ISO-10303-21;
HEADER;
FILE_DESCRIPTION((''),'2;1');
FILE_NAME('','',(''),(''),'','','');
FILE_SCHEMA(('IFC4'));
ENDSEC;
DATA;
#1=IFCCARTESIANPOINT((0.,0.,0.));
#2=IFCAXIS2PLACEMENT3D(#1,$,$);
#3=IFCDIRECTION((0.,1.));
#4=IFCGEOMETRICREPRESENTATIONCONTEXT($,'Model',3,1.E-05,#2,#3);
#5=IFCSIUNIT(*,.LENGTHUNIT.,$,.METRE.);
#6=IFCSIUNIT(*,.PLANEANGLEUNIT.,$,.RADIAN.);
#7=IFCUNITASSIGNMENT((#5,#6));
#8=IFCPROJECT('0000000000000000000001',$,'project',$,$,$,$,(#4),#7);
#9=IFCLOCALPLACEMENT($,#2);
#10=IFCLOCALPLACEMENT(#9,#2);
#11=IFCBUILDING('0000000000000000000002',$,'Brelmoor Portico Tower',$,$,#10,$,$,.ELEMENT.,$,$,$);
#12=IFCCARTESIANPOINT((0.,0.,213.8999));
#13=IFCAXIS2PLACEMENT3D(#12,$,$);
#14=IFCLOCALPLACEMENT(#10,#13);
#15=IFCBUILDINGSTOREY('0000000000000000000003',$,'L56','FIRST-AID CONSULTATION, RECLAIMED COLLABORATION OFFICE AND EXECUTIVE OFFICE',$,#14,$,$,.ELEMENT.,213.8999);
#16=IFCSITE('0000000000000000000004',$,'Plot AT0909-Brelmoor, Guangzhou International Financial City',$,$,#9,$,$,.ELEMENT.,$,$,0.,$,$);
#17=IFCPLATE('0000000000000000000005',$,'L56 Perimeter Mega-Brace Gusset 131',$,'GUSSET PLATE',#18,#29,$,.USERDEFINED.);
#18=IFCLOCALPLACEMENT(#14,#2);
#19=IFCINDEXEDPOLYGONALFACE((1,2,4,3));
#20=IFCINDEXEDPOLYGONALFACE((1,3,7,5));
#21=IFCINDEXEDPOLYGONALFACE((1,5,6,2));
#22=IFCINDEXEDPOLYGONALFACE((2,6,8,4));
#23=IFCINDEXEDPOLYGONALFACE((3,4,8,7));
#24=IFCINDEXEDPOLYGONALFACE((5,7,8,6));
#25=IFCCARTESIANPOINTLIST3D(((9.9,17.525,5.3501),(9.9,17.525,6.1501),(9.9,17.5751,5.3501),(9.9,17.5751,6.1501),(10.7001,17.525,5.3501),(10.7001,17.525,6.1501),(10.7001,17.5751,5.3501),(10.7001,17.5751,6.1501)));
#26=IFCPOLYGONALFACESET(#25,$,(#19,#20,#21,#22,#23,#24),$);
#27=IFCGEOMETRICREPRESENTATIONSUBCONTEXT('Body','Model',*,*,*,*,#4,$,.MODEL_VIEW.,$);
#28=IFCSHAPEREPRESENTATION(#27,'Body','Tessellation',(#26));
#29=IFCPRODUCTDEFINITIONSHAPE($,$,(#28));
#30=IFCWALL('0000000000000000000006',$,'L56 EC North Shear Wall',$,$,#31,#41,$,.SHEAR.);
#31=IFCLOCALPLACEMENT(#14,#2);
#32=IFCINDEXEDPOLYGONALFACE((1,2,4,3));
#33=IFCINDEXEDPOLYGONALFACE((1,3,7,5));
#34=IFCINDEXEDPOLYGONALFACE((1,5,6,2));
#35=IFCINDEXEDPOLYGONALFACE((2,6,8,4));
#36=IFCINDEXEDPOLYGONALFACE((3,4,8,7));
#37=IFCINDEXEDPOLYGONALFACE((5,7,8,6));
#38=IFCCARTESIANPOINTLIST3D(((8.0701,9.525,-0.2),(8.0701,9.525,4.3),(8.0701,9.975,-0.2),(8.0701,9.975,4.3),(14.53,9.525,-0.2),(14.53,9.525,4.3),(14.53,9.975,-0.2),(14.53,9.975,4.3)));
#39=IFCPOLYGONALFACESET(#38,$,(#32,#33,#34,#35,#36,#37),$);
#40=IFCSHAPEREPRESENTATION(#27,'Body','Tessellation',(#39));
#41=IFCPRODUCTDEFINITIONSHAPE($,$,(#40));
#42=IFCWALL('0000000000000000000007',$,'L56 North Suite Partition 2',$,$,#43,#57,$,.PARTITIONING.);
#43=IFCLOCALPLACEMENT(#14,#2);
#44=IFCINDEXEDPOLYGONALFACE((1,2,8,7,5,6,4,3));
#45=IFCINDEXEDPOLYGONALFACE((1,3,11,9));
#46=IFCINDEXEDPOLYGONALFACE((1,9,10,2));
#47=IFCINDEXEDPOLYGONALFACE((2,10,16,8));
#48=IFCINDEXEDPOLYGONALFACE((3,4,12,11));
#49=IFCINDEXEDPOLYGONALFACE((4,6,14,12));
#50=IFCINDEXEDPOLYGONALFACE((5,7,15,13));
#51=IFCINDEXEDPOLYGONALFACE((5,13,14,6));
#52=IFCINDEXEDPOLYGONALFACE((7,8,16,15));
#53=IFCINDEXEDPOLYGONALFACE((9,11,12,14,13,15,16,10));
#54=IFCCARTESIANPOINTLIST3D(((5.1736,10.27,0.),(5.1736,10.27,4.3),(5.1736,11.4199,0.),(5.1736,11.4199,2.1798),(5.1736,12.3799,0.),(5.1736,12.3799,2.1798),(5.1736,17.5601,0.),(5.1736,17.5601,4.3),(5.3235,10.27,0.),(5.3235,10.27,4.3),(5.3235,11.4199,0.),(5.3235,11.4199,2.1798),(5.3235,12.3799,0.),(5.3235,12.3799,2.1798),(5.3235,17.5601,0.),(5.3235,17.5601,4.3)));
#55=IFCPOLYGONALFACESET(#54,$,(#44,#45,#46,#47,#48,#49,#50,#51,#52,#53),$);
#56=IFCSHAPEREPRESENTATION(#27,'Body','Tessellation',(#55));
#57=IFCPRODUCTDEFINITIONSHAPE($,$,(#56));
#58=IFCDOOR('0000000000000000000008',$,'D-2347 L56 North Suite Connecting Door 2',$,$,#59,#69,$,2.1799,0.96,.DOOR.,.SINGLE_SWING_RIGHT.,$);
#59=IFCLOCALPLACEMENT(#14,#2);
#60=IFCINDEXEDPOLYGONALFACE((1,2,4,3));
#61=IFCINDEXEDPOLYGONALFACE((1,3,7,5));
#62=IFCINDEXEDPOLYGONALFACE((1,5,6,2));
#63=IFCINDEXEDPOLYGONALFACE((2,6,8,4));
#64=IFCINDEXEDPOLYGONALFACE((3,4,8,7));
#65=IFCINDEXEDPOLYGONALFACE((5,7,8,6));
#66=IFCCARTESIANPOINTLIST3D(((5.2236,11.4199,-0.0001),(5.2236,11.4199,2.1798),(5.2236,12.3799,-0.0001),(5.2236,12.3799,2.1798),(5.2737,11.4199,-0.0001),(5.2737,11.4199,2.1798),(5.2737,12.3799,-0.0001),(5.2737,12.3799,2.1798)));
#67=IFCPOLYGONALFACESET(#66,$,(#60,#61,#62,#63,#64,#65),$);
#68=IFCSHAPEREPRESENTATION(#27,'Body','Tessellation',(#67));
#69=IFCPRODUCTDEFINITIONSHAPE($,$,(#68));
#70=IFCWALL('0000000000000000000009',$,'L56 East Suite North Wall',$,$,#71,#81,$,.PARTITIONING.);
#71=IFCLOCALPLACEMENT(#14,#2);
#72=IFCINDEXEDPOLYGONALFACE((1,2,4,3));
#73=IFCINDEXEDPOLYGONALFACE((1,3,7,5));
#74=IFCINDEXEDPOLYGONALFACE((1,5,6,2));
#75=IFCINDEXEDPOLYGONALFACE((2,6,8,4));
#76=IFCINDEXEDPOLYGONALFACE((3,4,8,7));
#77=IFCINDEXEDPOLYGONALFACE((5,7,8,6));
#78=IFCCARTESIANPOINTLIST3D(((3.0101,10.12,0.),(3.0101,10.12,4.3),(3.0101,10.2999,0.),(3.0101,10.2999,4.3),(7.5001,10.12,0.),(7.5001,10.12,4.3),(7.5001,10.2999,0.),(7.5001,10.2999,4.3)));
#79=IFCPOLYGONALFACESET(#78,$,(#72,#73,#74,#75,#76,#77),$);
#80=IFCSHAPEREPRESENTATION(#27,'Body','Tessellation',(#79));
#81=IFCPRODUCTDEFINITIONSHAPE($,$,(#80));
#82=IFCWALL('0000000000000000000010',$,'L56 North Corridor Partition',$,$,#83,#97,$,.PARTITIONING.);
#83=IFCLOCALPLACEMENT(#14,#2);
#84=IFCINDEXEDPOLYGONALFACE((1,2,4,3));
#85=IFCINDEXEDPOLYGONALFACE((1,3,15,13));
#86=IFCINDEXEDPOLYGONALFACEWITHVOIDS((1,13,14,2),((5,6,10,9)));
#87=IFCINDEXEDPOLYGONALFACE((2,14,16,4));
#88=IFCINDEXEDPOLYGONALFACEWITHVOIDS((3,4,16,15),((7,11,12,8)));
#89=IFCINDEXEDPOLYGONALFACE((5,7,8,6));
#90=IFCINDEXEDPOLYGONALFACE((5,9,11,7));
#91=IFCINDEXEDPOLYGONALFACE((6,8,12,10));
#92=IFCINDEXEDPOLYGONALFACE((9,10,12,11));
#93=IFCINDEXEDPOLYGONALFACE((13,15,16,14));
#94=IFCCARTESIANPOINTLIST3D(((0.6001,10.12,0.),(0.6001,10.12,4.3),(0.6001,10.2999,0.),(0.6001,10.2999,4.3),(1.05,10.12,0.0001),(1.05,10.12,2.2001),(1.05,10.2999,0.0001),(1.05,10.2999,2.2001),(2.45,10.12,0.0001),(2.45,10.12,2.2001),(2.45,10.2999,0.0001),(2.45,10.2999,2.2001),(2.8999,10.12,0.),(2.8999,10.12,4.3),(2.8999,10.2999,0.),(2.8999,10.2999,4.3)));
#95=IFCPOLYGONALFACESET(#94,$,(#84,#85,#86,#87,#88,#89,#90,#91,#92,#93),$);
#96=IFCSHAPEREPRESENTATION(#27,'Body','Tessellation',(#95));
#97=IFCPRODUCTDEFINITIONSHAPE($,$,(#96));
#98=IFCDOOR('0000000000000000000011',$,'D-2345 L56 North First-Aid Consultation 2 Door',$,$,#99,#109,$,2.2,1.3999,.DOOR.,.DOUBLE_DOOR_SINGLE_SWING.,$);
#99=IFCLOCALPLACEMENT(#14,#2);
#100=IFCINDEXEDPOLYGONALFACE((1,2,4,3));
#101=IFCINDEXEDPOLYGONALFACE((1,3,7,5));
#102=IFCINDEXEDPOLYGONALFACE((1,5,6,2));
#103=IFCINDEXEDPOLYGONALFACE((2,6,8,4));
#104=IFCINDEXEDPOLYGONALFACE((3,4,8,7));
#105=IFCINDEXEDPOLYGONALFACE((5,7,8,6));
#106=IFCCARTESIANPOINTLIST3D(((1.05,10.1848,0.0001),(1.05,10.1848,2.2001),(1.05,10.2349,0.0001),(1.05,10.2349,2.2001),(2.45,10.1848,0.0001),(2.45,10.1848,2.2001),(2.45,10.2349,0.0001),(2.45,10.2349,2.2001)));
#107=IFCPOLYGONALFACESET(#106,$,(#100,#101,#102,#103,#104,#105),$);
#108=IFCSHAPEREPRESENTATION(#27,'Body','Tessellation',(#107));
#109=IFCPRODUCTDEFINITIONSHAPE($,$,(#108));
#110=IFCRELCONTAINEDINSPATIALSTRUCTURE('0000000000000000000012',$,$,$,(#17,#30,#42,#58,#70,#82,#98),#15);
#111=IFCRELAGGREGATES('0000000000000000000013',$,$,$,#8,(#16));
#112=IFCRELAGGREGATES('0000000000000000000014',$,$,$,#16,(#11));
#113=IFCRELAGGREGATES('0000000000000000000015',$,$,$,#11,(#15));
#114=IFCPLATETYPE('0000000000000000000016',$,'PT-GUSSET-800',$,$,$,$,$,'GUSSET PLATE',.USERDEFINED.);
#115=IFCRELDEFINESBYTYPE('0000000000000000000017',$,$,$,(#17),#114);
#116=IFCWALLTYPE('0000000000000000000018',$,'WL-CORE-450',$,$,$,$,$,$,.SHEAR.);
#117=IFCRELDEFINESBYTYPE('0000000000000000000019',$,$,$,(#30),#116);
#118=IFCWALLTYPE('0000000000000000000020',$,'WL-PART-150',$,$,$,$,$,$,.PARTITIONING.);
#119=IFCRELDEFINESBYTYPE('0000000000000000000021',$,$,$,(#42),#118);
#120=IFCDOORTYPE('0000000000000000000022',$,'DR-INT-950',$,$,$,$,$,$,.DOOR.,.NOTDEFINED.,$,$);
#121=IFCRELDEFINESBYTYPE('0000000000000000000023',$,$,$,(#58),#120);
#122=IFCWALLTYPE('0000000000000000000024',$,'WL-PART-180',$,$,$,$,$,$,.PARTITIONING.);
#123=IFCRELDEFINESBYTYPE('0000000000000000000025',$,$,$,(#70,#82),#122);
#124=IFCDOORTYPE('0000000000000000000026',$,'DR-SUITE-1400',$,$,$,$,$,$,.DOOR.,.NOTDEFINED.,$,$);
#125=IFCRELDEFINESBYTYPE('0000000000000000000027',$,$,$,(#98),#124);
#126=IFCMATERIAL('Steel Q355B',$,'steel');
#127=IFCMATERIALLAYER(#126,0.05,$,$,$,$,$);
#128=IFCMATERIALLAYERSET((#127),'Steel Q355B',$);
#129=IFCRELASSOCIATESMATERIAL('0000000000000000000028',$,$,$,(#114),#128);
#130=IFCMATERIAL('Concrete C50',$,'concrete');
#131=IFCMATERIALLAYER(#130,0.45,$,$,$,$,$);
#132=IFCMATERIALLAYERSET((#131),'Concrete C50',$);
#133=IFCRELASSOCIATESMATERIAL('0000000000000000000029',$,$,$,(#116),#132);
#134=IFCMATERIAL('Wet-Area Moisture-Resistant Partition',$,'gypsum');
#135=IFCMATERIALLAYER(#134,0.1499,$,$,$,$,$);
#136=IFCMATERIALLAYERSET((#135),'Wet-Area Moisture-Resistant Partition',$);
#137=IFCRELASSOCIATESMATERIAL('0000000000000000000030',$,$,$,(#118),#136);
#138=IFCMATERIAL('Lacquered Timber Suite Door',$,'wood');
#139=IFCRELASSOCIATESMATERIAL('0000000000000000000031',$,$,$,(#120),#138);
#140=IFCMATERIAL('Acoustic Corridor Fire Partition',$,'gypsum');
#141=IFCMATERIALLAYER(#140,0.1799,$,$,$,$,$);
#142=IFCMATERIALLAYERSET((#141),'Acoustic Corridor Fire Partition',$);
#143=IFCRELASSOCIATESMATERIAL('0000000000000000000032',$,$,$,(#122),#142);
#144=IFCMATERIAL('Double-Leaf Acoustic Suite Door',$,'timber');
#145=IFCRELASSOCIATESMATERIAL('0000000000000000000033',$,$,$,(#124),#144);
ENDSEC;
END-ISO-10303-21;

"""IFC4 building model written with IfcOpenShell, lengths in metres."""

from ifc_helpers import new_model, si_unit, direction, frame, frame_2d, origin, origin_2d, place, context, subcontext, project, spatial, rectangle, extrude, material, layer, layer_set, type_object, element, fill, save


model = new_model("IFC4")

# Units and contexts
model_context = context("Model", 3, precision=1e-05, world=origin(), true_north=direction((0.0, 1.0)))
body_context = subcontext(model_context, "Body", "Model", "MODEL_VIEW")
ifc_project = project(units=[si_unit("LENGTHUNIT", "METRE"), si_unit("PLANEANGLEUNIT", "RADIAN")], contexts=[model_context])

# Site, building, storey
site_placement = place(None, origin())
site = spatial("IfcSite", under=ifc_project, at=site_placement, Name="Plot AT0909-Brelmoor, Guangzhou International Financial City", CompositionType="ELEMENT", RefElevation=0.0)
building_placement = place(site_placement, origin())
building = spatial("IfcBuilding", under=site, at=building_placement, Name="Brelmoor Portico Tower", CompositionType="ELEMENT")
storey_placement = place(building_placement, frame((0.0, 0.0, 213.8999)))
storey = spatial("IfcBuildingStorey", under=building, at=storey_placement, Name="L56", Description="FIRST-AID CONSULTATION, RECLAIMED COLLABORATION OFFICE AND EXECUTIVE OFFICE", CompositionType="ELEMENT", Elevation=213.8999)

# Shared definitions
ifc_material_1 = material(Name="Steel Q355B", Category="steel")

# Plate
ifc_layer_1 = layer(ifc_material_1, 0.05)
ifc_layer_set_1 = layer_set([ifc_layer_1], Name="Steel Q355B")
plate_type_1 = type_object("IfcPlateType", Name="PT-GUSSET-800", ElementType="GUSSET PLATE", PredefinedType="USERDEFINED", material=ifc_layer_set_1)
plate_1_placement = place(storey_placement, frame((10.3, 17.55, 5.3501), z_axis=(0.0, 0.0, 1.0), x_axis=(1.0, 0.0, 0.0)))
element("IfcPlate", 1, at=plate_1_placement, inside=storey, type_object=plate_type_1, Name="L56 Perimeter Mega-Brace Gusset 131", ObjectType="GUSSET PLATE", PredefinedType="USERDEFINED", context=body_context, shape_type="SweptSolid", body=[
    extrude(rectangle(XDim=0.8, YDim=0.05, at=origin_2d()), origin(), (0.0, 0.0, 1.0), 0.8),
])

# Wall
ifc_material_2 = material(Name="Concrete C50", Category="concrete")
ifc_layer_2 = layer(ifc_material_2, 0.45)
ifc_layer_set_2 = layer_set([ifc_layer_2], Name="Concrete C50")
wall_type_1 = type_object("IfcWallType", Name="WL-CORE-450", PredefinedType="SHEAR", material=ifc_layer_set_2)
wall_1_placement = place(storey_placement, frame((8.0701, 9.75, -0.2), z_axis=(0.0, 0.0, 1.0), x_axis=(1.0, 0.0, 0.0)))
element("IfcWall", 2, at=wall_1_placement, inside=storey, type_object=wall_type_1, Name="L56 EC North Shear Wall", PredefinedType="SHEAR", context=body_context, shape_type="SweptSolid", body=[
    extrude(rectangle(XDim=6.46, YDim=0.45, at=frame_2d((3.23, 0.0))), origin(), (0.0, 0.0, 1.0), 4.5),
])

# Wall, opening, door
ifc_material_3 = material(Name="Wet-Area Moisture-Resistant Partition", Category="gypsum")
ifc_layer_3 = layer(ifc_material_3, 0.1499)
ifc_layer_set_3 = layer_set([ifc_layer_3], Name="Wet-Area Moisture-Resistant Partition")
wall_type_2 = type_object("IfcWallType", Name="WL-PART-150", PredefinedType="PARTITIONING", material=ifc_layer_set_3)
wall_2_placement = place(storey_placement, frame((5.2485, 10.27, 0.0), z_axis=(0.0, 0.0, 1.0), x_axis=(0.0, 1.0, 0.0)))
wall_2 = element("IfcWall", 3, at=wall_2_placement, inside=storey, type_object=wall_type_2, Name="L56 North Suite Partition 2", PredefinedType="PARTITIONING", context=body_context, shape_type="SweptSolid", body=[
    extrude(rectangle(XDim=7.29, YDim=0.1499, at=frame_2d((3.645, 0.0))), origin(), (0.0, 0.0, 1.0), 4.3),
])
opening_1_placement = place(wall_2_placement, frame((1.1499, 0.0, 0.0)))
opening_1 = element("IfcOpeningElement", 4, at=opening_1_placement, cuts=wall_2, PredefinedType="OPENING", context=body_context, shape_type="SweptSolid", body=[
    extrude(rectangle(XDim=0.96, YDim=2.1799, at=frame_2d((0.48, 1.0898))), frame((0.0, 0.085, 0.0), z_axis=(0.0, -1.0, 0.0), x_axis=(1.0, 0.0, 0.0)), (0.0, 0.0, 1.0), 0.1699),
])
ifc_material_4 = material(Name="Lacquered Timber Suite Door", Category="wood")
door_type_1 = type_object("IfcDoorType", Name="DR-INT-950", OperationType="NOTDEFINED", PredefinedType="DOOR", material=ifc_material_4)
door_1_placement = place(opening_1_placement, origin())
door_1 = element("IfcDoor", 5, at=door_1_placement, inside=storey, type_object=door_type_1, Name="D-2347 L56 North Suite Connecting Door 2", OperationType="SINGLE_SWING_RIGHT", OverallHeight=2.1799, OverallWidth=0.96, PredefinedType="DOOR", context=body_context, shape_type="SweptSolid", body=[
    extrude(rectangle(XDim=0.96, YDim=2.1799, at=frame_2d((0.48, 1.0898))), frame((0.0, 0.0249, 0.0), z_axis=(0.0, -1.0, 0.0), x_axis=(1.0, 0.0, 0.0)), (0.0, 0.0, 1.0), 0.05),
])
fill(opening_1, door_1)

# Wall
ifc_material_5 = material(Name="Acoustic Corridor Fire Partition", Category="gypsum")
ifc_layer_4 = layer(ifc_material_5, 0.1799)
ifc_layer_set_4 = layer_set([ifc_layer_4], Name="Acoustic Corridor Fire Partition")
wall_type_3 = type_object("IfcWallType", Name="WL-PART-180", PredefinedType="PARTITIONING", material=ifc_layer_set_4)
wall_3_placement = place(storey_placement, frame((3.01, 10.21, 0.0), z_axis=(0.0, 0.0, 1.0), x_axis=(1.0, 0.0, 0.0)))
element("IfcWall", 6, at=wall_3_placement, inside=storey, type_object=wall_type_3, Name="L56 East Suite North Wall", PredefinedType="PARTITIONING", context=body_context, shape_type="SweptSolid", body=[
    extrude(rectangle(XDim=4.49, YDim=0.1799, at=frame_2d((2.2451, 0.0))), origin(), (0.0, 0.0, 1.0), 4.3),
])

# Wall, opening, door
wall_4_placement = place(storey_placement, frame((0.6001, 10.21, 0.0), z_axis=(0.0, 0.0, 1.0), x_axis=(1.0, 0.0, 0.0)))
wall_4 = element("IfcWall", 7, at=wall_4_placement, inside=storey, type_object=wall_type_3, Name="L56 North Corridor Partition", PredefinedType="PARTITIONING", context=body_context, shape_type="SweptSolid", body=[
    extrude(rectangle(XDim=2.2998, YDim=0.1799, at=frame_2d((1.1499, 0.0))), origin(), (0.0, 0.0, 1.0), 4.3),
])
opening_2_placement = place(wall_4_placement, frame((0.45, 0.0, 0.0)))
opening_2 = element("IfcOpeningElement", 8, at=opening_2_placement, cuts=wall_4, PredefinedType="OPENING", context=body_context, shape_type="SweptSolid", body=[
    extrude(rectangle(XDim=1.3999, YDim=2.2, at=frame_2d((0.7, 1.1001))), frame((0.0, 0.0999, 0.0), z_axis=(0.0, -1.0, 0.0), x_axis=(1.0, 0.0, 0.0)), (0.0, 0.0, 1.0), 0.2),
])
ifc_material_6 = material(Name="Double-Leaf Acoustic Suite Door", Category="timber")
door_type_2 = type_object("IfcDoorType", Name="DR-SUITE-1400", OperationType="NOTDEFINED", PredefinedType="DOOR", material=ifc_material_6)
door_2_placement = place(opening_2_placement, origin())
door_2 = element("IfcDoor", 9, at=door_2_placement, inside=storey, type_object=door_type_2, Name="D-2345 L56 North First-Aid Consultation 2 Door", OperationType="DOUBLE_DOOR_SINGLE_SWING", OverallHeight=2.2, OverallWidth=1.3999, PredefinedType="DOOR", context=body_context, shape_type="SweptSolid", body=[
    extrude(rectangle(XDim=1.3999, YDim=2.2, at=frame_2d((0.7, 1.1001))), frame((0.0, 0.0249, 0.0), z_axis=(0.0, -1.0, 0.0), x_axis=(1.0, 0.0, 0.0)), (0.0, 0.0, 1.0), 0.05),
])
fill(opening_2, door_2)

save(model, "model.ifc")
